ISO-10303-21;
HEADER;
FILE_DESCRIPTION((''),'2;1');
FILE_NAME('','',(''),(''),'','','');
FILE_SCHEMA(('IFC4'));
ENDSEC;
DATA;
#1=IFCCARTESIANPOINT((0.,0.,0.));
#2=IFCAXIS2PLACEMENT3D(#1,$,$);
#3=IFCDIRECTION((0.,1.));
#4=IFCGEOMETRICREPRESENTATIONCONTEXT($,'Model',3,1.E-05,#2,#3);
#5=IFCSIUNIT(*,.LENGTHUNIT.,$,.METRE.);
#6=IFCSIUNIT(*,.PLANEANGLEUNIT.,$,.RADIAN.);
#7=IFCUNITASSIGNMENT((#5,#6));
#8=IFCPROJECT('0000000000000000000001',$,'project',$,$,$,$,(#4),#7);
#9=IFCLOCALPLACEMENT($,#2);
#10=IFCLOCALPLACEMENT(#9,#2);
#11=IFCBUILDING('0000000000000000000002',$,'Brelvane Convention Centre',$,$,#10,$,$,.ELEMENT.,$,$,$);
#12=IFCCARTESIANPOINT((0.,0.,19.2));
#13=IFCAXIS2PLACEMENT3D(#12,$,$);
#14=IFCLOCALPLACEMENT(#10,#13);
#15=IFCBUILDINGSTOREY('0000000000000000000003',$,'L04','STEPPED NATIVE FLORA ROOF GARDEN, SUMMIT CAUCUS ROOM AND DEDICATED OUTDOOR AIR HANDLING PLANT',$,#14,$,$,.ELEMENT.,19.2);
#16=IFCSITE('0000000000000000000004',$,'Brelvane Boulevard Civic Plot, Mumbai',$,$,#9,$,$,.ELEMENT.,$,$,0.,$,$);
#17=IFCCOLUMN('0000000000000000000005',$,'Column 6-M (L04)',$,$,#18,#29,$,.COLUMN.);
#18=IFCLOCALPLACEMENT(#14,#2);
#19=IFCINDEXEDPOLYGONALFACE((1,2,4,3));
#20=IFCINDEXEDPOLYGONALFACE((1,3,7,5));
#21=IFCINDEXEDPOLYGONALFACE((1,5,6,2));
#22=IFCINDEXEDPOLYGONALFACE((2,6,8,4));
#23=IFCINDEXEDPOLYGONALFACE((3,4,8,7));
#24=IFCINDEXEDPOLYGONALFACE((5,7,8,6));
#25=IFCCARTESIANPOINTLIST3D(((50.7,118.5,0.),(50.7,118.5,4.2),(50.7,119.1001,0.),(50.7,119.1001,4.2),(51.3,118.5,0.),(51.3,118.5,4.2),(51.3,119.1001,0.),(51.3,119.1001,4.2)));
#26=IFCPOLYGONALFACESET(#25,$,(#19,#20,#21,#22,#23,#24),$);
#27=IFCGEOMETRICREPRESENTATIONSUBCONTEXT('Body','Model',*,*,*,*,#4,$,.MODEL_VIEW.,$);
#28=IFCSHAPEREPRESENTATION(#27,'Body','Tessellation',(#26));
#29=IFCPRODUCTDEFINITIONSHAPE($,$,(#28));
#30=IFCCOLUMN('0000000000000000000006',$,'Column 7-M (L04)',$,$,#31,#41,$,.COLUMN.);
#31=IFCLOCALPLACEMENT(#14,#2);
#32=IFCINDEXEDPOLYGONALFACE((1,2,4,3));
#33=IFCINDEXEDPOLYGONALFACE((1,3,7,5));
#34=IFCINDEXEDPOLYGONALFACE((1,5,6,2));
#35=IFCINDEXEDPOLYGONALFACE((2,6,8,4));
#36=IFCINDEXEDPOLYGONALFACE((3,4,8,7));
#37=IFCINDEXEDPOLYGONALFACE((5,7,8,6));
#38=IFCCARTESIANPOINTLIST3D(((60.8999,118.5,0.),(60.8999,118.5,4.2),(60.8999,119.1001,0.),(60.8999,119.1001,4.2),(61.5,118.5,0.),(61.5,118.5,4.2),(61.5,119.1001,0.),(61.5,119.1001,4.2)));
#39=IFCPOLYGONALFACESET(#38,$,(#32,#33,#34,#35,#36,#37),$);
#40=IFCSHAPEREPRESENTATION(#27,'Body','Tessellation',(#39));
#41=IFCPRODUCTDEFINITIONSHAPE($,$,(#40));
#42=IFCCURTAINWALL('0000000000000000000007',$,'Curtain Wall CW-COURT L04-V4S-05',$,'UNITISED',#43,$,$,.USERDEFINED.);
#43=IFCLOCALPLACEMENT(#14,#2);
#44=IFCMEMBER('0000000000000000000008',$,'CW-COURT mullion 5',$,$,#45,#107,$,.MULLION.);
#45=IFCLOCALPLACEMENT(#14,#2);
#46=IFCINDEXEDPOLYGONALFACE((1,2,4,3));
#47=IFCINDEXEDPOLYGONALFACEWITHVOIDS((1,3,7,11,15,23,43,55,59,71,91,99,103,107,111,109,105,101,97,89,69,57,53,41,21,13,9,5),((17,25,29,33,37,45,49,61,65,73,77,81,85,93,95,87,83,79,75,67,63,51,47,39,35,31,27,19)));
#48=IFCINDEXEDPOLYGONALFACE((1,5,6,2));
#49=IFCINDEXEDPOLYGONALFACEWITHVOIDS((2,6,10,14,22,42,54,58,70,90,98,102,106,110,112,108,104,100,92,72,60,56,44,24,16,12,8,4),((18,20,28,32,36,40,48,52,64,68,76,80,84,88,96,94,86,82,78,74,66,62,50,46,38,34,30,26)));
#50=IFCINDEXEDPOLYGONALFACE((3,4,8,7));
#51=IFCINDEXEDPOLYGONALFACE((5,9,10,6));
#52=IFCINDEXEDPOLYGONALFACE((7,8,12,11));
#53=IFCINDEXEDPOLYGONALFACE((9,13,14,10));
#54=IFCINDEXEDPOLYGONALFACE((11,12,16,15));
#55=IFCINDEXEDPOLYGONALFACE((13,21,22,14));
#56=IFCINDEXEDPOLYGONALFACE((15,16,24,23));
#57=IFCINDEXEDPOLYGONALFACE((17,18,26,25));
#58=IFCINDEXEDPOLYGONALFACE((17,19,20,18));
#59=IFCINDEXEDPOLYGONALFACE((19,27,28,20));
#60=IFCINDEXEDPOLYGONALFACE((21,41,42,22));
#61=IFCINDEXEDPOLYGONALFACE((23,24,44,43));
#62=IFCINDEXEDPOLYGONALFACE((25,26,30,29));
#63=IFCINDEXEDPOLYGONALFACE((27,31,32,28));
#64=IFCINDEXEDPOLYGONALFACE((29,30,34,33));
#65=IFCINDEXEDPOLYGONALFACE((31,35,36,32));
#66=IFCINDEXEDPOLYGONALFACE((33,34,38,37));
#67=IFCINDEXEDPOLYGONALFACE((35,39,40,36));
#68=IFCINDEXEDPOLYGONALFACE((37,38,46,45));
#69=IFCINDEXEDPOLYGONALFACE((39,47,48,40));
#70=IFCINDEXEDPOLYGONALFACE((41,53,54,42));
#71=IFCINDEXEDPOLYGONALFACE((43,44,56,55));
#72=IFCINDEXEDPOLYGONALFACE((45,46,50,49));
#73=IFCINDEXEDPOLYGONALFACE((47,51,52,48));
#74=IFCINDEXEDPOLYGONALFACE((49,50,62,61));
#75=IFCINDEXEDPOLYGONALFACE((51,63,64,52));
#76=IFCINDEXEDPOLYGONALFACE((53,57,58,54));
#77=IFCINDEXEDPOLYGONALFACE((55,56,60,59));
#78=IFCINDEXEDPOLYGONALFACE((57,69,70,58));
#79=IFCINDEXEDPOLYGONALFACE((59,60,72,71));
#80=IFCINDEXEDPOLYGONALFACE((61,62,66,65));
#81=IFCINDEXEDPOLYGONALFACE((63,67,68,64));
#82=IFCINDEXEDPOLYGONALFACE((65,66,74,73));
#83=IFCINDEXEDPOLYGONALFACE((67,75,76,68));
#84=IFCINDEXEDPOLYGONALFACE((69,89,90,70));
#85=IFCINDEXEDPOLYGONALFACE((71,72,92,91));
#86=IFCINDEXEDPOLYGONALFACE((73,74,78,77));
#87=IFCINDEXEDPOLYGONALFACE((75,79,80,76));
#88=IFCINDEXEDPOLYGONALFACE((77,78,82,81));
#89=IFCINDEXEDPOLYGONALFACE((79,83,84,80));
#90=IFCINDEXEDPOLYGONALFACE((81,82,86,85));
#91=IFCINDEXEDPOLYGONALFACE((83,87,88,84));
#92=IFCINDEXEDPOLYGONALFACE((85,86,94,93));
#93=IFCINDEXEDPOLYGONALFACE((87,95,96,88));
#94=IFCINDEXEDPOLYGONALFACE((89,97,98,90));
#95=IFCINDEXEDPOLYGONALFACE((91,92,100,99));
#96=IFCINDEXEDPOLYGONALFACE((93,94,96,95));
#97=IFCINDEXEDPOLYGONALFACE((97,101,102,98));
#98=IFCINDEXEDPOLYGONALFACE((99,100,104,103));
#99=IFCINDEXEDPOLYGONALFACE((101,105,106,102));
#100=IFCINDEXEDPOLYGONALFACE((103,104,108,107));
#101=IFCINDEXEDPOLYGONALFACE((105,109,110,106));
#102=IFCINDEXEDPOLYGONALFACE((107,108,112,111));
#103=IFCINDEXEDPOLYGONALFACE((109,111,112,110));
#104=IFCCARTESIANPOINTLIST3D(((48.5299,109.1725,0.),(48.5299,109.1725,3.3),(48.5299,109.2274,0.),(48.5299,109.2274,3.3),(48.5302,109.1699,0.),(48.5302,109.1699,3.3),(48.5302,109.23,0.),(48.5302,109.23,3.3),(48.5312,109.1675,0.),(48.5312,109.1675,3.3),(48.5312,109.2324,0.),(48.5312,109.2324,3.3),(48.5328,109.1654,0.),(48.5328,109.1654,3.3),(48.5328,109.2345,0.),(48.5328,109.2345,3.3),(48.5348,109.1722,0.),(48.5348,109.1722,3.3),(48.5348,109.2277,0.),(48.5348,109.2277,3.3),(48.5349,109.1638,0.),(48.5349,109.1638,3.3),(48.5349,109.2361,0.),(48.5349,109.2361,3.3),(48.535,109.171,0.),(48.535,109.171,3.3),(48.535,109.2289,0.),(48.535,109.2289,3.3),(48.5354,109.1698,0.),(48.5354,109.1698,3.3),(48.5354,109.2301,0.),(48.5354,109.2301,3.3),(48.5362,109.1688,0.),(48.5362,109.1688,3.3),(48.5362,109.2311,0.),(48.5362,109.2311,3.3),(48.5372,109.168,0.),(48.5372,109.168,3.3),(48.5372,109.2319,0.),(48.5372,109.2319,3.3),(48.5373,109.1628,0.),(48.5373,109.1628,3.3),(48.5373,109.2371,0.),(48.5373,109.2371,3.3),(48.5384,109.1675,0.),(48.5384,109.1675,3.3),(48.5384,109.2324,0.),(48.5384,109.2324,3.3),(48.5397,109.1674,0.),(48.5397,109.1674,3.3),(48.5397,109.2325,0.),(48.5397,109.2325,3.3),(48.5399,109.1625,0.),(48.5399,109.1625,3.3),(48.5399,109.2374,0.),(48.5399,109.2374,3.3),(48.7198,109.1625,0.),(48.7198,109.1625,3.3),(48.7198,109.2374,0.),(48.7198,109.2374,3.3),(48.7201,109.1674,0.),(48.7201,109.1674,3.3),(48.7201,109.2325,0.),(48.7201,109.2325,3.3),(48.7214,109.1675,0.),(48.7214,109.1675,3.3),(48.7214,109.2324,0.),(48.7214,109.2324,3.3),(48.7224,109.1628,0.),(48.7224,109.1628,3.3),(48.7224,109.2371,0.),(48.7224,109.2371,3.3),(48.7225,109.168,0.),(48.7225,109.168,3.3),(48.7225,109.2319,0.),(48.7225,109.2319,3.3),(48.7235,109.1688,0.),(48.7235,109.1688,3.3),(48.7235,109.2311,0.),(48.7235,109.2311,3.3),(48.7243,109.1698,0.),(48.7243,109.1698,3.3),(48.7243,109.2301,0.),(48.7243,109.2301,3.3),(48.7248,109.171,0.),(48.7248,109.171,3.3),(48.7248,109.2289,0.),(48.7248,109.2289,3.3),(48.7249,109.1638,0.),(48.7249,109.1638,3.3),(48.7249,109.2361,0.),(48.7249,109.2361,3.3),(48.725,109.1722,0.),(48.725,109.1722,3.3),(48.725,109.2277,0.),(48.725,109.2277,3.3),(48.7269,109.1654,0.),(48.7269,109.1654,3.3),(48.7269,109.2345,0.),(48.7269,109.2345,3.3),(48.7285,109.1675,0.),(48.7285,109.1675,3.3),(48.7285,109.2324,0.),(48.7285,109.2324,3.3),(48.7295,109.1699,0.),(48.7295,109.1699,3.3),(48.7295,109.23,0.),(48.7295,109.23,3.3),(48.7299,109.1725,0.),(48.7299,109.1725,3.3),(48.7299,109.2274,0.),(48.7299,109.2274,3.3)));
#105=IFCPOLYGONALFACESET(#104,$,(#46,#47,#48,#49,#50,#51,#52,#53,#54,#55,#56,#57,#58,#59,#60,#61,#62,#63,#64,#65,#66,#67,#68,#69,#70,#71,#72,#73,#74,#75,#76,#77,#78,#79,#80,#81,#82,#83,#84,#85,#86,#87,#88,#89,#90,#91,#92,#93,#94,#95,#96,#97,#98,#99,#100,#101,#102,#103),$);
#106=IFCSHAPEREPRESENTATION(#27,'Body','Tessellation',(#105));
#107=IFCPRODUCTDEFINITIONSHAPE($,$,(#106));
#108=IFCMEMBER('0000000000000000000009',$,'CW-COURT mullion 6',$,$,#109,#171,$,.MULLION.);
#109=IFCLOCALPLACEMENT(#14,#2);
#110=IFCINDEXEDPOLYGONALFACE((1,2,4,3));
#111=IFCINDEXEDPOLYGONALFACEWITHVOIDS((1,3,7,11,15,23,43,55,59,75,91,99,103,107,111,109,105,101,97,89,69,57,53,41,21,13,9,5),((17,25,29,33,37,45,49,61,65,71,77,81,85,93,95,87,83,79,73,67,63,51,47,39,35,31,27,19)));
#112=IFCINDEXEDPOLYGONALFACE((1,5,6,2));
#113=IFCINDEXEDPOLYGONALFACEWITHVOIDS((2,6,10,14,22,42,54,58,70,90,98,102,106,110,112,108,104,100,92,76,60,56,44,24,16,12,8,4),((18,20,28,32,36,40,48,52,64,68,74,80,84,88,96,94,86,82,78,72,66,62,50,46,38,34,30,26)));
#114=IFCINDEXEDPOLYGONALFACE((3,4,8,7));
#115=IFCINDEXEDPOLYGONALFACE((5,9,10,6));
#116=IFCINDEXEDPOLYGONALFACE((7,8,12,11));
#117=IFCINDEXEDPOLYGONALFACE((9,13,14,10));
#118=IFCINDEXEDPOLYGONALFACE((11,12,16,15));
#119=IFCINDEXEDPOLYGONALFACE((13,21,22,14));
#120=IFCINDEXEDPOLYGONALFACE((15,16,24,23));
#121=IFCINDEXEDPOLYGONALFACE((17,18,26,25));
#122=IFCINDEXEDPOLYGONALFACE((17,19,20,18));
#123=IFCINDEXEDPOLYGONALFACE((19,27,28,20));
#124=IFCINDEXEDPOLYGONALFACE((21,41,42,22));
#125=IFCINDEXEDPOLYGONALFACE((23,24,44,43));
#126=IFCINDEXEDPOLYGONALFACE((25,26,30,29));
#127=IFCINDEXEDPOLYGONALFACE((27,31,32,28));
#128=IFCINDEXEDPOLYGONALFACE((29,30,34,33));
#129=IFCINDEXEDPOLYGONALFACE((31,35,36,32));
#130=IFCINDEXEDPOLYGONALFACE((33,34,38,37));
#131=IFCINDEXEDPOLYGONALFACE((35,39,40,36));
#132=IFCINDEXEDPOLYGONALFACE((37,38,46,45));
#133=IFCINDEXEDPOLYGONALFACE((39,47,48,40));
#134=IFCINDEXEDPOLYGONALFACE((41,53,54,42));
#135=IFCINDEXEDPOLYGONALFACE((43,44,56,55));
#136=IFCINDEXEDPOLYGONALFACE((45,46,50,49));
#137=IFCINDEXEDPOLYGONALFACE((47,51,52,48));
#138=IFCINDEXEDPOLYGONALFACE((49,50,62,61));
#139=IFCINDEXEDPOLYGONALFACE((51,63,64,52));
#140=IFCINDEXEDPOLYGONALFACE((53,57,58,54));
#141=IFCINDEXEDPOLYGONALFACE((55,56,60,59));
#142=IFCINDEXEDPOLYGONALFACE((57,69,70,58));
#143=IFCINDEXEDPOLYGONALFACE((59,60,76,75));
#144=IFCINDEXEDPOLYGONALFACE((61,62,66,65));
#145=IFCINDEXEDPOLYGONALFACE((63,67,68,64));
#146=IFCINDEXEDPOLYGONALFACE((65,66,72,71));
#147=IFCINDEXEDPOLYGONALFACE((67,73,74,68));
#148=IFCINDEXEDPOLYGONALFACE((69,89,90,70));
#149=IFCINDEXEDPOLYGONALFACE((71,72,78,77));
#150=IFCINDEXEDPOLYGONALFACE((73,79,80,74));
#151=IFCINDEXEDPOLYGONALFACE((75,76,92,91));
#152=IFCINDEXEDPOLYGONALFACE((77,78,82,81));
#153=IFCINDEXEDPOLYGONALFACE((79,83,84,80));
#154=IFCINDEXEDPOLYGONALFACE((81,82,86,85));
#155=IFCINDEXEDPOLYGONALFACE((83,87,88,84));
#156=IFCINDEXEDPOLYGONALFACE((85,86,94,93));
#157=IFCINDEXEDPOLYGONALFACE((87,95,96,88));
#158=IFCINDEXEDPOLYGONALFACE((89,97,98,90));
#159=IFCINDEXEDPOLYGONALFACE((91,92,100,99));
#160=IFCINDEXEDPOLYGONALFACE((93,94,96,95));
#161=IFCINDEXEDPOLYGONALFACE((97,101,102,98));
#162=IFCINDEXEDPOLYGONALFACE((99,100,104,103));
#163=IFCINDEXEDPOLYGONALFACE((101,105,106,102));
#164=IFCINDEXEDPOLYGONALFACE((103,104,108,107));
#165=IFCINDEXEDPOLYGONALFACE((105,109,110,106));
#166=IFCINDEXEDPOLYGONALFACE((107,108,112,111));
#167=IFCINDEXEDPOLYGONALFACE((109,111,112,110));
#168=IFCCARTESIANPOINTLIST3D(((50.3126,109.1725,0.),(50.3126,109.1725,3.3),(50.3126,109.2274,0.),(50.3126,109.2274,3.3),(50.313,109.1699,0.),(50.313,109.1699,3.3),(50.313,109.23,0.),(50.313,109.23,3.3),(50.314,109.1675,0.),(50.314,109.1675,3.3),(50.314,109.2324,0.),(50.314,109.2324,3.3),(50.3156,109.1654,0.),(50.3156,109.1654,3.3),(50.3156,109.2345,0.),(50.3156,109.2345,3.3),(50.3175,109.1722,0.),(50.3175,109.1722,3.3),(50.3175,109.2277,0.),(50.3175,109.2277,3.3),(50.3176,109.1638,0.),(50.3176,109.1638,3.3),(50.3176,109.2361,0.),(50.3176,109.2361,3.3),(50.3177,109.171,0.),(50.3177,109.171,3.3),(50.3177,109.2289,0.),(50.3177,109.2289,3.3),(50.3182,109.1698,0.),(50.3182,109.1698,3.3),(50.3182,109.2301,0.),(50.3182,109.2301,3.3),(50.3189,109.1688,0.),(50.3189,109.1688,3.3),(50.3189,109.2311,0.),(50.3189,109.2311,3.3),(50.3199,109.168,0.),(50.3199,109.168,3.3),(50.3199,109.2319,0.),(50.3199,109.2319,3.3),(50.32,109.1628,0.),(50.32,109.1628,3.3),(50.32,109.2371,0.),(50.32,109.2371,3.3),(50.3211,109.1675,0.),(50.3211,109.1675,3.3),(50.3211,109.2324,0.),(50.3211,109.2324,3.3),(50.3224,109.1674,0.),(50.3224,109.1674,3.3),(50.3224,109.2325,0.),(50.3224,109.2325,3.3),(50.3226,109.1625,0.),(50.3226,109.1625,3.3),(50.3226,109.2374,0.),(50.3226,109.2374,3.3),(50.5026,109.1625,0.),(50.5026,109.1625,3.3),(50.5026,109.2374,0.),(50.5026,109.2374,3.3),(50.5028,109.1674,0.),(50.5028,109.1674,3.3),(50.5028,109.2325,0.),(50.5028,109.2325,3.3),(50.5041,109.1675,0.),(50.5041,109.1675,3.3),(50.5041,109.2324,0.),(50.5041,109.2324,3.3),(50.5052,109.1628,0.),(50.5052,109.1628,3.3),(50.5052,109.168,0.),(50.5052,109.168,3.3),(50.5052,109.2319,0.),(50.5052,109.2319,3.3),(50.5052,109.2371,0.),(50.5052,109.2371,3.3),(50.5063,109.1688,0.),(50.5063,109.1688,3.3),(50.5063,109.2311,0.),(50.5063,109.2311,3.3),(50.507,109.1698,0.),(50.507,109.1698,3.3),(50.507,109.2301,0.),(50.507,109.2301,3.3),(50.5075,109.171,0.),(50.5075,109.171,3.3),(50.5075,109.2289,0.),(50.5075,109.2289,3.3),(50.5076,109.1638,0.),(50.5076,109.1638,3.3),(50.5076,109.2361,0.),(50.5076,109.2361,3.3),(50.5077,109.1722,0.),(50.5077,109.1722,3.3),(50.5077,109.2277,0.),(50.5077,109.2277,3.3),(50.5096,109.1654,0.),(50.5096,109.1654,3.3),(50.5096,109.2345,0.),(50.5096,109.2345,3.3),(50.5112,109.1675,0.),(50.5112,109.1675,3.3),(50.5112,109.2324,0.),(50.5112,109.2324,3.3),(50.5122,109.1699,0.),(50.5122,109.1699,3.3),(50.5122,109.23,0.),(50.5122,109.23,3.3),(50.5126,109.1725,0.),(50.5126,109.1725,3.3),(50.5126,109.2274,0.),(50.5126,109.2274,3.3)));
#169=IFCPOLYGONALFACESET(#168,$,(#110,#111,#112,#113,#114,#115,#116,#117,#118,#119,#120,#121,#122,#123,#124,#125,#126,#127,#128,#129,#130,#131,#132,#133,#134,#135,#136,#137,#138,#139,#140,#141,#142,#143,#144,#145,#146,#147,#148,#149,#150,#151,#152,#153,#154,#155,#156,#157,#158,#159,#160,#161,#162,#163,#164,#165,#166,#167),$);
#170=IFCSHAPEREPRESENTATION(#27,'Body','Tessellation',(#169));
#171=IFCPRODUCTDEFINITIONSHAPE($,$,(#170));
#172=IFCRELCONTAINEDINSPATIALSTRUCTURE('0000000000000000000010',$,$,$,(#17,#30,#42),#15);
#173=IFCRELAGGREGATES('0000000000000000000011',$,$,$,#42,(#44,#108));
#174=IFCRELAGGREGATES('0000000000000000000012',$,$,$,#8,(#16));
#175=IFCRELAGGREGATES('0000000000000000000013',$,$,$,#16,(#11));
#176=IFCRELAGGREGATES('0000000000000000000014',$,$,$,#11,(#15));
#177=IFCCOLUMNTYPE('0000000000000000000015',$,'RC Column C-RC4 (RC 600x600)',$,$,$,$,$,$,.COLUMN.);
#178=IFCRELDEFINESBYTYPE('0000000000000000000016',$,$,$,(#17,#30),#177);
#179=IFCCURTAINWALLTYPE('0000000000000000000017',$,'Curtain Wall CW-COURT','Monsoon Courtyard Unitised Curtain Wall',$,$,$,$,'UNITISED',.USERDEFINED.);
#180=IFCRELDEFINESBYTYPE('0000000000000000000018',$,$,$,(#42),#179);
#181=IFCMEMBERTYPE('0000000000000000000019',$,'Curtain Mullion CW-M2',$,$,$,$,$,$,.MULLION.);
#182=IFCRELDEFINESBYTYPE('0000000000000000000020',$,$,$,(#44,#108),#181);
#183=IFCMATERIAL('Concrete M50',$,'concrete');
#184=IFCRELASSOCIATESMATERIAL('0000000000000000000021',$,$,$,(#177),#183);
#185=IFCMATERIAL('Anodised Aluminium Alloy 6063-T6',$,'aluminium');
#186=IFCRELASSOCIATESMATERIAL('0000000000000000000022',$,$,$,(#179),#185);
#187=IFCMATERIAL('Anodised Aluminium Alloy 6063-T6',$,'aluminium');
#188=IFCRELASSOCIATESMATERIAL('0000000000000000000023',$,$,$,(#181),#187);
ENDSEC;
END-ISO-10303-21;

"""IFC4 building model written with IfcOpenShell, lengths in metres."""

from ifc_helpers import new_model, si_unit, direction, frame, origin, origin_2d, place, context, subcontext, project, spatial, rectangle, hollow_rectangle, extrude, material, material_profile, profile_set, type_object, element, aggregate, save


model = new_model("IFC4")

# Units and contexts
model_context = context("Model", 3, precision=1e-05, world=origin(), true_north=direction((0.0, 1.0)))
body_context = subcontext(model_context, "Body", "Model", "MODEL_VIEW")
ifc_project = project(units=[si_unit("LENGTHUNIT", "METRE"), si_unit("PLANEANGLEUNIT", "RADIAN")], contexts=[model_context])

# Site, building, storey
site_placement = place(None, origin())
site = spatial("IfcSite", under=ifc_project, at=site_placement, Name="Brelvane Boulevard Civic Plot, Mumbai", CompositionType="ELEMENT", RefElevation=0.0)
building_placement = place(site_placement, origin())
building = spatial("IfcBuilding", under=site, at=building_placement, Name="Brelvane Convention Centre", CompositionType="ELEMENT")
storey_placement = place(building_placement, frame((0.0, 0.0, 19.2)))
storey = spatial("IfcBuildingStorey", under=building, at=storey_placement, Name="L04", Description="STEPPED NATIVE FLORA ROOF GARDEN, SUMMIT CAUCUS ROOM AND DEDICATED OUTDOOR AIR HANDLING PLANT", CompositionType="ELEMENT", Elevation=19.2)

# Columns
ifc_material_1 = material(Name="Concrete M50", Category="concrete")
ifc_material_profile_1 = material_profile(ifc_material_1, rectangle(XDim=0.6001, YDim=0.6001, at=origin_2d()), Name="RC 600x600")
ifc_profile_set_1 = profile_set([ifc_material_profile_1], Name="Concrete M50")
column_type = type_object("IfcColumnType", Name="RC Column C-RC4 (RC 600x600)", PredefinedType="COLUMN", material=ifc_profile_set_1)
for number, where, z_axis, x_axis, name in (
    (1, (51.0, 118.8, 0.0), (0.0, 0.0, 1.0), (1.0, 0.0, 0.0), "Column 6-M (L04)"),
    (2, (61.2, 118.8, 0.0), (0.0, 0.0, 1.0), (1.0, 0.0, 0.0), "Column 7-M (L04)"),
):
    element("IfcColumn", number, at=place(storey_placement, frame(where, z_axis=z_axis, x_axis=x_axis)), inside=storey, type_object=column_type, Name=name, PredefinedType="COLUMN", context=body_context, shape_type="SweptSolid", body=[
        extrude(rectangle(XDim=0.6001, YDim=0.6001, at=origin_2d()), origin(), (0.0, 0.0, 1.0), 4.2),
    ])

# Curtain wall, members
ifc_material_2 = material(Name="Anodised Aluminium Alloy 6063-T6", Category="aluminium")
curtain_wall_type = type_object("IfcCurtainWallType", Name="Curtain Wall CW-COURT", Description="Monsoon Courtyard Unitised Curtain Wall", ElementType="UNITISED", PredefinedType="USERDEFINED", material=ifc_material_2)
curtain_wall_1_placement = place(storey_placement, origin())
curtain_wall_1 = element("IfcCurtainWall", 3, at=curtain_wall_1_placement, inside=storey, type_object=curtain_wall_type, Name="Curtain Wall CW-COURT L04-V4S-05", ObjectType="UNITISED", PredefinedType="USERDEFINED")
ifc_material_3 = material(Name="Anodised Aluminium Alloy 6063-T6", Category="aluminium")
ifc_material_profile_2 = material_profile(ifc_material_3, hollow_rectangle(XDim=0.075, YDim=0.2, WallThickness=0.0049, InnerFilletRadius=0.0049, OuterFilletRadius=0.01, at=origin_2d()), Name="ALU-M 200x75x5.0")
ifc_profile_set_2 = profile_set([ifc_material_profile_2], Name="Anodised Aluminium Alloy 6063-T6")
member_type_1 = type_object("IfcMemberType", Name="Curtain Mullion CW-M2", PredefinedType="MULLION", material=ifc_profile_set_2)
member_1_placement = place(storey_placement, frame((48.6299, 109.2, 0.0), z_axis=(0.0, 0.0, 1.0), x_axis=(0.0, 1.0, 0.0)))
member_1 = element("IfcMember", 4, at=member_1_placement, type_object=member_type_1, Name="CW-COURT mullion 5", PredefinedType="MULLION", context=body_context, shape_type="SweptSolid", body=[
    extrude(hollow_rectangle(XDim=0.075, YDim=0.2, WallThickness=0.0049, InnerFilletRadius=0.0049, OuterFilletRadius=0.01, at=origin_2d()), origin(), (0.0, 0.0, 1.0), 3.3),
])
member_2_placement = place(storey_placement, frame((50.4126, 109.2, 0.0), z_axis=(0.0, 0.0, 1.0), x_axis=(0.0, 1.0, 0.0)))
member_2 = element("IfcMember", 5, at=member_2_placement, type_object=member_type_1, Name="CW-COURT mullion 6", PredefinedType="MULLION", context=body_context, shape_type="SweptSolid", body=[
    extrude(hollow_rectangle(XDim=0.075, YDim=0.2, WallThickness=0.0049, InnerFilletRadius=0.0049, OuterFilletRadius=0.01, at=origin_2d()), origin(), (0.0, 0.0, 1.0), 3.3),
])

aggregate(curtain_wall_1, [member_1, member_2])

save(model, "model.ifc")
